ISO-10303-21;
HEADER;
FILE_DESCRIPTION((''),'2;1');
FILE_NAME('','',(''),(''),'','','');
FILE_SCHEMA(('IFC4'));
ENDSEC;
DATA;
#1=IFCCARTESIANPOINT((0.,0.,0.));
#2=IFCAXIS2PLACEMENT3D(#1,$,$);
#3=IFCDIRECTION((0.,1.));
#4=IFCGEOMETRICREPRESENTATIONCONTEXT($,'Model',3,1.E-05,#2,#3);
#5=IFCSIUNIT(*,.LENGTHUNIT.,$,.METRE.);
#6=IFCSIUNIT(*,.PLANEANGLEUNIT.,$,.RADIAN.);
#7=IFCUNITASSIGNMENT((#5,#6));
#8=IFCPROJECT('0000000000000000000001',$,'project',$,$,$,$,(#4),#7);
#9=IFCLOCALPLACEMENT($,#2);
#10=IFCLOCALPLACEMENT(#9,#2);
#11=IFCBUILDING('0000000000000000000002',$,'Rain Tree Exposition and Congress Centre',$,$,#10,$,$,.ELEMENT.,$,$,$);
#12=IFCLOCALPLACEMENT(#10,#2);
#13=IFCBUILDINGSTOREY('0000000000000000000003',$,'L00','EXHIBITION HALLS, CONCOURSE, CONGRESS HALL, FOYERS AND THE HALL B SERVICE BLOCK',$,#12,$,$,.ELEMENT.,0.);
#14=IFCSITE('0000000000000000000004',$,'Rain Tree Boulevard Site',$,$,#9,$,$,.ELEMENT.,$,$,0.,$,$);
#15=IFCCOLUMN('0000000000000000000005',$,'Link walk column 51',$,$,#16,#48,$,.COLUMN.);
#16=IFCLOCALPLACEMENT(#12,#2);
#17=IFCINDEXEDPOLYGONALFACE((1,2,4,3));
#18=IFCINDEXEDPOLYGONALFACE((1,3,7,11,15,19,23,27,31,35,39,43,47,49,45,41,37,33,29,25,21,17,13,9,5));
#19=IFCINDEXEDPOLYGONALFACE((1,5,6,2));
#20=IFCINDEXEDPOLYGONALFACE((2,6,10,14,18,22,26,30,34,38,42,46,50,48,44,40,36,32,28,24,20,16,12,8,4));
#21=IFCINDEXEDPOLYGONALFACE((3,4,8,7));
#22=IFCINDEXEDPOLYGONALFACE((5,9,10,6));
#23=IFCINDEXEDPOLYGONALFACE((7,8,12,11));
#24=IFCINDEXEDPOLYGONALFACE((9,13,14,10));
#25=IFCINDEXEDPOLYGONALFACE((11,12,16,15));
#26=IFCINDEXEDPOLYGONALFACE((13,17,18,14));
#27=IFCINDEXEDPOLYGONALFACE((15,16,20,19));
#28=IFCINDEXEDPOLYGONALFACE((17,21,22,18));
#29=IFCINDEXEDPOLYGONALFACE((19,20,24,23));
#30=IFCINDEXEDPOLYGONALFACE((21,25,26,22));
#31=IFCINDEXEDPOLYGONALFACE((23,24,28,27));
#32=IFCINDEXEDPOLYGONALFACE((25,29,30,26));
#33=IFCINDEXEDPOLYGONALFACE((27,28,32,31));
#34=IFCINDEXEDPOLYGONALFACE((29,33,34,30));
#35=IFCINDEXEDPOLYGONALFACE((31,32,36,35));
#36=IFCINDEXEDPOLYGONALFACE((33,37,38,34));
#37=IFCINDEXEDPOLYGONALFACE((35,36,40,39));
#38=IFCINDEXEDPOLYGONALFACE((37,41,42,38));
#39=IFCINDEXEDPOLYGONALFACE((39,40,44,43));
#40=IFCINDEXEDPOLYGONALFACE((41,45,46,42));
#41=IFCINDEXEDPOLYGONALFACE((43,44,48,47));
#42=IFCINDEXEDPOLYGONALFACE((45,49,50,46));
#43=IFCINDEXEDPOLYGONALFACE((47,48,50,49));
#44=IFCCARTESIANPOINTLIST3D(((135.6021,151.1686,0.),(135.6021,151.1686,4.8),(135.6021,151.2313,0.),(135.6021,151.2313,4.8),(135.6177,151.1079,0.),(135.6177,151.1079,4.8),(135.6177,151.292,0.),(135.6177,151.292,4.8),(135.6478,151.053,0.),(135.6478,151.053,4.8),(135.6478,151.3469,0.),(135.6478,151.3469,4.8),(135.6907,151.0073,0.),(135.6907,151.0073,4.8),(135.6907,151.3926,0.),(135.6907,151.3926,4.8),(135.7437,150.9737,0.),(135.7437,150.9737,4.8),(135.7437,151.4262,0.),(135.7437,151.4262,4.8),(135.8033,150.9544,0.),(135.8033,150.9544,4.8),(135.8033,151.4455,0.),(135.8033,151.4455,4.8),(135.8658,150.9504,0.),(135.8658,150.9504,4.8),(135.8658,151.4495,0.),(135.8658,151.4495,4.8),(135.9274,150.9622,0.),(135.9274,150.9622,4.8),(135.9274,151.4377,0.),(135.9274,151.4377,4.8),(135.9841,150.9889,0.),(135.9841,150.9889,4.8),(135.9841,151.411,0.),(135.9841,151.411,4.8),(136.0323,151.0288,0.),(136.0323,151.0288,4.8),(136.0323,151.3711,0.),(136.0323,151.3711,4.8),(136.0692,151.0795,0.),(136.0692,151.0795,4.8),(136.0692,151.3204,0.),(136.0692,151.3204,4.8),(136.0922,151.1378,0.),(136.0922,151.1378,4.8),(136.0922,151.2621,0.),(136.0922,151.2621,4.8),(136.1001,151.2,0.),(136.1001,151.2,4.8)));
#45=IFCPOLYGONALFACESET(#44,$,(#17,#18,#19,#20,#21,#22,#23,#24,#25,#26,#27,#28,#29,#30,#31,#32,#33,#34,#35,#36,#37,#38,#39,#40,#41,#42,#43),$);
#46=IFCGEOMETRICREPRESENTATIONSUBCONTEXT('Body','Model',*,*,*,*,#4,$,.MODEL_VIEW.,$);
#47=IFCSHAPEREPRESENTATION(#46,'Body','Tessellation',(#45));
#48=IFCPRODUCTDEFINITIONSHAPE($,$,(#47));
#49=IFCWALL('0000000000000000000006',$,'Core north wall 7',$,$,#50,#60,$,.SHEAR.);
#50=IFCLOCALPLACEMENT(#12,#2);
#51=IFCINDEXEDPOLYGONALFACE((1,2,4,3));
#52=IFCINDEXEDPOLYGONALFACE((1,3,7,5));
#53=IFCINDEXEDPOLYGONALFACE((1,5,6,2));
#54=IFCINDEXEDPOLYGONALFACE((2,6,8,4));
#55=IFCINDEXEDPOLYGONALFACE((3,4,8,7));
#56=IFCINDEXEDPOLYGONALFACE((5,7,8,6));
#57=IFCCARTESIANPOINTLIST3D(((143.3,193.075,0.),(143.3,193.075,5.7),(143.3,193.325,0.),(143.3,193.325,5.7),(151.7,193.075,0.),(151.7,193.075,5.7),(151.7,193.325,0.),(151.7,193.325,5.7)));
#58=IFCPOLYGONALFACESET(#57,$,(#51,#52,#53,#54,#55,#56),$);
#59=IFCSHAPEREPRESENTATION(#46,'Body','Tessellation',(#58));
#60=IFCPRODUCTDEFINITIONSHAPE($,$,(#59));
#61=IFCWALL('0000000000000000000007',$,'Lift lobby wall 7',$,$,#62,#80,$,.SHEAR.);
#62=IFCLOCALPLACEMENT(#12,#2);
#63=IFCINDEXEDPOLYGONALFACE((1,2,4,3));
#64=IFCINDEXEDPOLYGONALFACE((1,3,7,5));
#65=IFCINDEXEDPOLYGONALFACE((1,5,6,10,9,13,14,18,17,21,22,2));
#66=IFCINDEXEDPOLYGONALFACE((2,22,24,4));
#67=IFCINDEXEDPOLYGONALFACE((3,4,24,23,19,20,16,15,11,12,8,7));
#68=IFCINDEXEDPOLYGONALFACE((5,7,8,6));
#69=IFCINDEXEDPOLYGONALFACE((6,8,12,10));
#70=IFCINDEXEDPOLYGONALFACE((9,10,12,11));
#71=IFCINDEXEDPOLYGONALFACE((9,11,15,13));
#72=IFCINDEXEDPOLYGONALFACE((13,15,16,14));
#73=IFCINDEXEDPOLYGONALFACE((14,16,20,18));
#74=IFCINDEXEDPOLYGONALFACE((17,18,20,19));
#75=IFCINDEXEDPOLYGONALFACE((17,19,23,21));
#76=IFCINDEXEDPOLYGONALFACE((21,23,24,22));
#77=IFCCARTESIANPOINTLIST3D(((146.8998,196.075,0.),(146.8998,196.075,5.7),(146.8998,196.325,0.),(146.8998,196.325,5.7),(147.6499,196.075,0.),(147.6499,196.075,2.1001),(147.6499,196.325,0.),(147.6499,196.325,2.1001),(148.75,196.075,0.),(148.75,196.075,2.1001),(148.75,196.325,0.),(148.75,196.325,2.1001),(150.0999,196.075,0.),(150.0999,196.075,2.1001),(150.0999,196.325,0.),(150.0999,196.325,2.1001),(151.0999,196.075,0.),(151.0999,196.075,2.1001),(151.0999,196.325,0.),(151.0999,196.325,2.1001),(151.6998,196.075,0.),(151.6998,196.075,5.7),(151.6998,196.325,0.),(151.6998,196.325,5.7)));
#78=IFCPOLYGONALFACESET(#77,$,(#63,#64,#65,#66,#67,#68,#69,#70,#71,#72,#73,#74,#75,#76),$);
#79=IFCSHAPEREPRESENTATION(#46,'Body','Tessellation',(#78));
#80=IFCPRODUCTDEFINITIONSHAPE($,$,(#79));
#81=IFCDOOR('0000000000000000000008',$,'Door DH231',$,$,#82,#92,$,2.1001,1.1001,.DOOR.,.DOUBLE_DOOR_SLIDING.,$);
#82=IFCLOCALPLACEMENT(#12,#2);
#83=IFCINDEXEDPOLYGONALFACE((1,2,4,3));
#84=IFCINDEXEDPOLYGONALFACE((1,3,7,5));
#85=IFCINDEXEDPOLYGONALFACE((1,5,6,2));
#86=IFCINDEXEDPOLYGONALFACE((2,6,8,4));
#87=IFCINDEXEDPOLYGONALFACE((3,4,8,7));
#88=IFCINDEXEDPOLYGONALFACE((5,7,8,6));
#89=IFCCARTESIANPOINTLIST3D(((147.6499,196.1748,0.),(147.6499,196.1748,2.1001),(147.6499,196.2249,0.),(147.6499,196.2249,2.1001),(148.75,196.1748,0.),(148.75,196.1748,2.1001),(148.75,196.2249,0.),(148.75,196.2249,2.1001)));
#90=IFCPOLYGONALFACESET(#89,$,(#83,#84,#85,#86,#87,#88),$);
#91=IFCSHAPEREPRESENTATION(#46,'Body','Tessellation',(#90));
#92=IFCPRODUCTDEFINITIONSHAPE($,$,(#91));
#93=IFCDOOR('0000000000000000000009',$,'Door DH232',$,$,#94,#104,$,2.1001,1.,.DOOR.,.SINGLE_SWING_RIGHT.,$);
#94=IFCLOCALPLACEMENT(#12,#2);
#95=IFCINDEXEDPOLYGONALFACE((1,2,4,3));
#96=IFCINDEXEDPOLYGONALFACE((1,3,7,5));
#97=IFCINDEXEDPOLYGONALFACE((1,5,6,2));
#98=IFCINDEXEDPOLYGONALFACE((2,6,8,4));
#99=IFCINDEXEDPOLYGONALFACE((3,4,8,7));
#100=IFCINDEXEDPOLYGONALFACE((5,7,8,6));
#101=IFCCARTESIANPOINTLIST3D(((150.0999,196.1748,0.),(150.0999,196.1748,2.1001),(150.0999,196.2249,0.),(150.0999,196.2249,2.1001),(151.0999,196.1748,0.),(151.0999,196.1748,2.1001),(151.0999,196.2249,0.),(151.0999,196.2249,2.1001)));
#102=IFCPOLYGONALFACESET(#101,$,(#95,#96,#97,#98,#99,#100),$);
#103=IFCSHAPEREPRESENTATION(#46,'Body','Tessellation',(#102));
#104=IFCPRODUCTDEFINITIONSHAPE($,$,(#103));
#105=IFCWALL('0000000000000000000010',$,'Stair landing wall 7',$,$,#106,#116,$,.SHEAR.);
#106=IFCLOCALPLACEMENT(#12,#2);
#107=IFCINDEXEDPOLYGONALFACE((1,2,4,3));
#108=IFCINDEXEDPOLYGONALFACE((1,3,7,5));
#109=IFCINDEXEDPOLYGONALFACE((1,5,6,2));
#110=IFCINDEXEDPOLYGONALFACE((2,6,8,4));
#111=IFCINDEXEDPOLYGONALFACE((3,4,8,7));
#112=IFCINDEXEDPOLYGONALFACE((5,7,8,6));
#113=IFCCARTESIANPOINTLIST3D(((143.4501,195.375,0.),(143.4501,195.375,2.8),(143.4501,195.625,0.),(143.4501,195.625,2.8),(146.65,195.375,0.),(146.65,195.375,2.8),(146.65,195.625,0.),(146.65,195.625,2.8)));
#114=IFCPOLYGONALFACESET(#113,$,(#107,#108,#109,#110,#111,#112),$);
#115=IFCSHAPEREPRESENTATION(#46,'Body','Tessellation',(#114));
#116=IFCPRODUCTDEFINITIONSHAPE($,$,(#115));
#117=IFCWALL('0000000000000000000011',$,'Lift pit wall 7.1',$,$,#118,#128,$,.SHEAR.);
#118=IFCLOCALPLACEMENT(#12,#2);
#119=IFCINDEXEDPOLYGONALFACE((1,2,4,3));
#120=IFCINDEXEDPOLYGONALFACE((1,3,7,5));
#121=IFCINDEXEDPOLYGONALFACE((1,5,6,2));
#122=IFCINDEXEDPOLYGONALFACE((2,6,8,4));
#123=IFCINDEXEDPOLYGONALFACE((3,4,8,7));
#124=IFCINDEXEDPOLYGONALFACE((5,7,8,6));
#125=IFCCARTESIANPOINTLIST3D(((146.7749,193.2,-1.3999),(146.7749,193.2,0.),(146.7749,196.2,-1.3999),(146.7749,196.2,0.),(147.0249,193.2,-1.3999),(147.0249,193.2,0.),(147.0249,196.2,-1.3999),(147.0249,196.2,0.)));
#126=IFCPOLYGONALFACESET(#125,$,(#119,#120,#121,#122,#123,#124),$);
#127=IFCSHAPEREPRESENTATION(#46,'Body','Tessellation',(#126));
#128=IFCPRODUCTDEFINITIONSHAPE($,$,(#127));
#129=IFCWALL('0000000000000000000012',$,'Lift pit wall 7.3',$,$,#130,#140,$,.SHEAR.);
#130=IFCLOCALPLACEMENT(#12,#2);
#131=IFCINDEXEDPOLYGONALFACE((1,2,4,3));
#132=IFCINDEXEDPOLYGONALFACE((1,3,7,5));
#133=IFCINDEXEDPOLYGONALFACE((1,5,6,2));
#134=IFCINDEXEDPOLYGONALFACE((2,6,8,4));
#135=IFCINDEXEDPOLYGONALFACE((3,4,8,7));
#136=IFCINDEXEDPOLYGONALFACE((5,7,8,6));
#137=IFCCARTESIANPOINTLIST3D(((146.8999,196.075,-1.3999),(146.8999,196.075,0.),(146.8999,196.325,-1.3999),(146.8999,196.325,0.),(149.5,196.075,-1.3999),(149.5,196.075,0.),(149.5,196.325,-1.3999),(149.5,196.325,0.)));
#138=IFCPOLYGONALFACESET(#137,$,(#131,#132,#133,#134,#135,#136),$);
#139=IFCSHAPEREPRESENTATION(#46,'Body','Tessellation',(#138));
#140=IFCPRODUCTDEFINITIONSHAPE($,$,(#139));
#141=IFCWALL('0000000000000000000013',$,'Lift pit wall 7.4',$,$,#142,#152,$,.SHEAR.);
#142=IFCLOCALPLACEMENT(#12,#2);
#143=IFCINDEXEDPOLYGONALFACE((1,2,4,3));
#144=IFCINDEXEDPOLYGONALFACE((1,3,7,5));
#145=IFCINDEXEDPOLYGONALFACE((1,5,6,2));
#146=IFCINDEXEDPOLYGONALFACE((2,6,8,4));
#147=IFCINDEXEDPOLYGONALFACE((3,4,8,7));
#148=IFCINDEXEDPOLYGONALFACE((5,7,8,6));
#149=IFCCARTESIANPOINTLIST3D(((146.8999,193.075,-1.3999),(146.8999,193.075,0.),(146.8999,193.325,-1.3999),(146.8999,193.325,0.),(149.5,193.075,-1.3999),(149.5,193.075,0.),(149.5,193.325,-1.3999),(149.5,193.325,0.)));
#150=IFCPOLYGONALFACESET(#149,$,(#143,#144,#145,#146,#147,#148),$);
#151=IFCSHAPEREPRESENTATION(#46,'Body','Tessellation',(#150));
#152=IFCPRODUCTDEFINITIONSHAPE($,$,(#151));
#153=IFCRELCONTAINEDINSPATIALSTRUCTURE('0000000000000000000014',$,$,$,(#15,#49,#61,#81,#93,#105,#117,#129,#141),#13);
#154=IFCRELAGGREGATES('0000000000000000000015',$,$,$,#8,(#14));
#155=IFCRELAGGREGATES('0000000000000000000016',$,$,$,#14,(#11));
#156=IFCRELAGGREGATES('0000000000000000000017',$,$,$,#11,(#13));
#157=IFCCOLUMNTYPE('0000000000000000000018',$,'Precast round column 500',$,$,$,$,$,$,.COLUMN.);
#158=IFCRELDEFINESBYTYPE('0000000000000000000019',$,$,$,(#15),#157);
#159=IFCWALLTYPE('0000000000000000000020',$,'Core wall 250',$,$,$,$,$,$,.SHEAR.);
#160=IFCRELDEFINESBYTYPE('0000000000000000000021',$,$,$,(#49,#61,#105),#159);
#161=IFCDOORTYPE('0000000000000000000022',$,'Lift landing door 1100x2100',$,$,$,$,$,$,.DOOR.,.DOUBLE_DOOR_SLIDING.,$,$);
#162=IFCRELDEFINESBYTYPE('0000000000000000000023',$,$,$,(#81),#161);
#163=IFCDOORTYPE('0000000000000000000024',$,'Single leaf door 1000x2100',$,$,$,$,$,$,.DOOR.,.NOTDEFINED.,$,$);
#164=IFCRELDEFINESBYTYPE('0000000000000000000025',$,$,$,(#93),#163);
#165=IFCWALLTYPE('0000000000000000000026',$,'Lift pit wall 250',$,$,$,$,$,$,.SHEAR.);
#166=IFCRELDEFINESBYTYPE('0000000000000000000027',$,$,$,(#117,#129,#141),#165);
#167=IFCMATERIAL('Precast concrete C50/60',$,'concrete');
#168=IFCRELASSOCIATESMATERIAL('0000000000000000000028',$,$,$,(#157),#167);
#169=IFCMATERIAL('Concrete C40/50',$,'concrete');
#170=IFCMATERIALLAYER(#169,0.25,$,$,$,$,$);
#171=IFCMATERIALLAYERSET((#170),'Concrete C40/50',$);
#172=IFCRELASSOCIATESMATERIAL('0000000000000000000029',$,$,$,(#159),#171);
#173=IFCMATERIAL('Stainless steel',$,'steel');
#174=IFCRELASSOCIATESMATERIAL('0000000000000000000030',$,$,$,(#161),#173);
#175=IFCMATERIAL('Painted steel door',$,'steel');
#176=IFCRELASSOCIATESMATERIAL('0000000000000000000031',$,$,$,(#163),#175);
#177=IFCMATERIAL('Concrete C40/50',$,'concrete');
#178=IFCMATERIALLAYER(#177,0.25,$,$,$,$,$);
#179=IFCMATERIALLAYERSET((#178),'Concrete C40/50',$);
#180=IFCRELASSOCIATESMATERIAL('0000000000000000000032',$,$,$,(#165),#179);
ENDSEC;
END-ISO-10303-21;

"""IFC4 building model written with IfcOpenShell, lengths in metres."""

from ifc_helpers import new_model, si_unit, direction, frame, frame_2d, origin, origin_2d, place, context, subcontext, project, spatial, rectangle, circle, extrude, material, layer, layer_set, material_profile, profile_set, type_object, element, fill, save


model = new_model("IFC4")

# Units and contexts
model_context = context("Model", 3, precision=1e-05, world=origin(), true_north=direction((0.0, 1.0)))
body_context = subcontext(model_context, "Body", "Model", "MODEL_VIEW")
ifc_project = project(units=[si_unit("LENGTHUNIT", "METRE"), si_unit("PLANEANGLEUNIT", "RADIAN")], contexts=[model_context])

# Site, building, storey
site_placement = place(None, origin())
site = spatial("IfcSite", under=ifc_project, at=site_placement, Name="Rain Tree Boulevard Site", CompositionType="ELEMENT", RefElevation=0.0)
building_placement = place(site_placement, origin())
building = spatial("IfcBuilding", under=site, at=building_placement, Name="Rain Tree Exposition and Congress Centre", CompositionType="ELEMENT")
storey_placement = place(building_placement, origin())
storey = spatial("IfcBuildingStorey", under=building, at=storey_placement, Name="L00", Description="EXHIBITION HALLS, CONCOURSE, CONGRESS HALL, FOYERS AND THE HALL B SERVICE BLOCK", CompositionType="ELEMENT", Elevation=0.0)

# Column
ifc_material_1 = material(Name="Precast concrete C50/60", Category="concrete")
ifc_material_profile_1 = material_profile(ifc_material_1, circle(Radius=0.25, at=origin_2d()), Name="RC D500")
ifc_profile_set_1 = profile_set([ifc_material_profile_1], Name="Precast concrete C50/60")
column_type = type_object("IfcColumnType", Name="Precast round column 500", PredefinedType="COLUMN", material=ifc_profile_set_1)
for number, where, z_axis, x_axis, name in (
    (1, (135.8501, 151.2, 0.0), (0.0, 0.0, 1.0), (1.0, 0.0, 0.0), "Link walk column 51"),
):
    element("IfcColumn", number, at=place(storey_placement, frame(where, z_axis=z_axis, x_axis=x_axis)), inside=storey, type_object=column_type, Name=name, PredefinedType="COLUMN", context=body_context, shape_type="SweptSolid", body=[
        extrude(circle(Radius=0.25, at=origin_2d()), origin(), (0.0, 0.0, 1.0), 4.8),
    ])

# Wall
ifc_material_2 = material(Name="Concrete C40/50", Category="concrete")
ifc_layer_1 = layer(ifc_material_2, 0.25)
ifc_layer_set_1 = layer_set([ifc_layer_1], Name="Concrete C40/50")
wall_type_1 = type_object("IfcWallType", Name="Core wall 250", PredefinedType="SHEAR", material=ifc_layer_set_1)
wall_1_placement = place(storey_placement, frame((143.3, 193.2, 0.0), z_axis=(0.0, 0.0, 1.0), x_axis=(1.0, 0.0, 0.0)))
element("IfcWall", 2, at=wall_1_placement, inside=storey, type_object=wall_type_1, Name="Core north wall 7", PredefinedType="SHEAR", context=body_context, shape_type="SweptSolid", body=[
    extrude(rectangle(XDim=8.3999, YDim=0.25, at=frame_2d((4.2, 0.0))), origin(), (0.0, 0.0, 1.0), 5.7),
])

# Wall, openings, doors
wall_2_placement = place(storey_placement, frame((146.8999, 196.2, 0.0), z_axis=(0.0, 0.0, 1.0), x_axis=(1.0, 0.0, 0.0)))
wall_2 = element("IfcWall", 3, at=wall_2_placement, inside=storey, type_object=wall_type_1, Name="Lift lobby wall 7", PredefinedType="SHEAR", context=body_context, shape_type="SweptSolid", body=[
    extrude(rectangle(XDim=4.8, YDim=0.25, at=frame_2d((2.3999, 0.0))), origin(), (0.0, 0.0, 1.0), 5.7),
])
opening_1_placement = place(wall_2_placement, frame((0.75, 0.0, 0.0)))
opening_1 = element("IfcOpeningElement", 4, at=opening_1_placement, cuts=wall_2, PredefinedType="OPENING", context=body_context, shape_type="SweptSolid", body=[
    extrude(rectangle(XDim=1.1001, YDim=2.1001, at=frame_2d((0.55, 1.05))), frame((0.0, 0.125, 0.0), z_axis=(0.0, -1.0, 0.0), x_axis=(1.0, 0.0, 0.0)), (0.0, 0.0, 1.0), 0.25),
])
opening_2_placement = place(wall_2_placement, frame((3.2, 0.0, 0.0)))
opening_2 = element("IfcOpeningElement", 5, at=opening_2_placement, cuts=wall_2, PredefinedType="OPENING", context=body_context, shape_type="SweptSolid", body=[
    extrude(rectangle(XDim=1.0, YDim=2.1001, at=frame_2d((0.5, 1.05))), frame((0.0, 0.125, 0.0), z_axis=(0.0, -1.0, 0.0), x_axis=(1.0, 0.0, 0.0)), (0.0, 0.0, 1.0), 0.25),
])
ifc_material_3 = material(Name="Stainless steel", Category="steel")
door_type_1 = type_object("IfcDoorType", Name="Lift landing door 1100x2100", OperationType="DOUBLE_DOOR_SLIDING", PredefinedType="DOOR", material=ifc_material_3)
door_1_placement = place(opening_1_placement, origin())
door_1 = element("IfcDoor", 6, at=door_1_placement, inside=storey, type_object=door_type_1, Name="Door DH231", OperationType="DOUBLE_DOOR_SLIDING", OverallHeight=2.1001, OverallWidth=1.1001, PredefinedType="DOOR", context=body_context, shape_type="SweptSolid", body=[
    extrude(rectangle(XDim=1.1001, YDim=2.1001, at=frame_2d((0.55, 1.05))), frame((0.0, 0.0249, 0.0), z_axis=(0.0, -1.0, 0.0), x_axis=(1.0, 0.0, 0.0)), (0.0, 0.0, 1.0), 0.05),
])
fill(opening_1, door_1)
ifc_material_4 = material(Name="Painted steel door", Category="steel")
door_type_2 = type_object("IfcDoorType", Name="Single leaf door 1000x2100", OperationType="NOTDEFINED", PredefinedType="DOOR", material=ifc_material_4)
door_2_placement = place(opening_2_placement, origin())
door_2 = element("IfcDoor", 7, at=door_2_placement, inside=storey, type_object=door_type_2, Name="Door DH232", OperationType="SINGLE_SWING_RIGHT", OverallHeight=2.1001, OverallWidth=1.0, PredefinedType="DOOR", context=body_context, shape_type="SweptSolid", body=[
    extrude(rectangle(XDim=1.0, YDim=2.1001, at=frame_2d((0.5, 1.05))), frame((0.0, 0.0249, 0.0), z_axis=(0.0, -1.0, 0.0), x_axis=(1.0, 0.0, 0.0)), (0.0, 0.0, 1.0), 0.05),
])
fill(opening_2, door_2)

# Walls
wall_3_placement = place(storey_placement, frame((143.45, 195.5, 0.0), z_axis=(0.0, 0.0, 1.0), x_axis=(1.0, 0.0, 0.0)))
element("IfcWall", 8, at=wall_3_placement, inside=storey, type_object=wall_type_1, Name="Stair landing wall 7", PredefinedType="SHEAR", context=body_context, shape_type="SweptSolid", body=[
    extrude(rectangle(XDim=3.2, YDim=0.25, at=frame_2d((1.6001, 0.0))), origin(), (0.0, 0.0, 1.0), 2.8),
])
ifc_material_5 = material(Name="Concrete C40/50", Category="concrete")
ifc_layer_2 = layer(ifc_material_5, 0.25)
ifc_layer_set_2 = layer_set([ifc_layer_2], Name="Concrete C40/50")
wall_type_2 = type_object("IfcWallType", Name="Lift pit wall 250", PredefinedType="SHEAR", material=ifc_layer_set_2)
wall_4_placement = place(storey_placement, frame((146.8999, 196.2, -1.3999), z_axis=(0.0, 0.0, 1.0), x_axis=(0.0, -1.0, 0.0)))
element("IfcWall", 9, at=wall_4_placement, inside=storey, type_object=wall_type_2, Name="Lift pit wall 7.1", PredefinedType="SHEAR", context=body_context, shape_type="SweptSolid", body=[
    extrude(rectangle(XDim=3.0, YDim=0.25, at=frame_2d((1.5, 0.0))), origin(), (0.0, 0.0, 1.0), 1.3999),
])
for number, where, z_axis, x_axis, name in (
    (10, (146.8999, 196.2, -1.3999), (0.0, 0.0, 1.0), (1.0, 0.0, 0.0), "Lift pit wall 7.3"),
    (11, (146.8999, 193.2, -1.3999), (0.0, 0.0, 1.0), (1.0, 0.0, 0.0), "Lift pit wall 7.4"),
):
    element("IfcWall", number, at=place(storey_placement, frame(where, z_axis=z_axis, x_axis=x_axis)), inside=storey, type_object=wall_type_2, Name=name, PredefinedType="SHEAR", context=body_context, shape_type="SweptSolid", body=[
        extrude(rectangle(XDim=2.6001, YDim=0.25, at=frame_2d((1.3, 0.0))), origin(), (0.0, 0.0, 1.0), 1.3999),
    ])

save(model, "model.ifc")
